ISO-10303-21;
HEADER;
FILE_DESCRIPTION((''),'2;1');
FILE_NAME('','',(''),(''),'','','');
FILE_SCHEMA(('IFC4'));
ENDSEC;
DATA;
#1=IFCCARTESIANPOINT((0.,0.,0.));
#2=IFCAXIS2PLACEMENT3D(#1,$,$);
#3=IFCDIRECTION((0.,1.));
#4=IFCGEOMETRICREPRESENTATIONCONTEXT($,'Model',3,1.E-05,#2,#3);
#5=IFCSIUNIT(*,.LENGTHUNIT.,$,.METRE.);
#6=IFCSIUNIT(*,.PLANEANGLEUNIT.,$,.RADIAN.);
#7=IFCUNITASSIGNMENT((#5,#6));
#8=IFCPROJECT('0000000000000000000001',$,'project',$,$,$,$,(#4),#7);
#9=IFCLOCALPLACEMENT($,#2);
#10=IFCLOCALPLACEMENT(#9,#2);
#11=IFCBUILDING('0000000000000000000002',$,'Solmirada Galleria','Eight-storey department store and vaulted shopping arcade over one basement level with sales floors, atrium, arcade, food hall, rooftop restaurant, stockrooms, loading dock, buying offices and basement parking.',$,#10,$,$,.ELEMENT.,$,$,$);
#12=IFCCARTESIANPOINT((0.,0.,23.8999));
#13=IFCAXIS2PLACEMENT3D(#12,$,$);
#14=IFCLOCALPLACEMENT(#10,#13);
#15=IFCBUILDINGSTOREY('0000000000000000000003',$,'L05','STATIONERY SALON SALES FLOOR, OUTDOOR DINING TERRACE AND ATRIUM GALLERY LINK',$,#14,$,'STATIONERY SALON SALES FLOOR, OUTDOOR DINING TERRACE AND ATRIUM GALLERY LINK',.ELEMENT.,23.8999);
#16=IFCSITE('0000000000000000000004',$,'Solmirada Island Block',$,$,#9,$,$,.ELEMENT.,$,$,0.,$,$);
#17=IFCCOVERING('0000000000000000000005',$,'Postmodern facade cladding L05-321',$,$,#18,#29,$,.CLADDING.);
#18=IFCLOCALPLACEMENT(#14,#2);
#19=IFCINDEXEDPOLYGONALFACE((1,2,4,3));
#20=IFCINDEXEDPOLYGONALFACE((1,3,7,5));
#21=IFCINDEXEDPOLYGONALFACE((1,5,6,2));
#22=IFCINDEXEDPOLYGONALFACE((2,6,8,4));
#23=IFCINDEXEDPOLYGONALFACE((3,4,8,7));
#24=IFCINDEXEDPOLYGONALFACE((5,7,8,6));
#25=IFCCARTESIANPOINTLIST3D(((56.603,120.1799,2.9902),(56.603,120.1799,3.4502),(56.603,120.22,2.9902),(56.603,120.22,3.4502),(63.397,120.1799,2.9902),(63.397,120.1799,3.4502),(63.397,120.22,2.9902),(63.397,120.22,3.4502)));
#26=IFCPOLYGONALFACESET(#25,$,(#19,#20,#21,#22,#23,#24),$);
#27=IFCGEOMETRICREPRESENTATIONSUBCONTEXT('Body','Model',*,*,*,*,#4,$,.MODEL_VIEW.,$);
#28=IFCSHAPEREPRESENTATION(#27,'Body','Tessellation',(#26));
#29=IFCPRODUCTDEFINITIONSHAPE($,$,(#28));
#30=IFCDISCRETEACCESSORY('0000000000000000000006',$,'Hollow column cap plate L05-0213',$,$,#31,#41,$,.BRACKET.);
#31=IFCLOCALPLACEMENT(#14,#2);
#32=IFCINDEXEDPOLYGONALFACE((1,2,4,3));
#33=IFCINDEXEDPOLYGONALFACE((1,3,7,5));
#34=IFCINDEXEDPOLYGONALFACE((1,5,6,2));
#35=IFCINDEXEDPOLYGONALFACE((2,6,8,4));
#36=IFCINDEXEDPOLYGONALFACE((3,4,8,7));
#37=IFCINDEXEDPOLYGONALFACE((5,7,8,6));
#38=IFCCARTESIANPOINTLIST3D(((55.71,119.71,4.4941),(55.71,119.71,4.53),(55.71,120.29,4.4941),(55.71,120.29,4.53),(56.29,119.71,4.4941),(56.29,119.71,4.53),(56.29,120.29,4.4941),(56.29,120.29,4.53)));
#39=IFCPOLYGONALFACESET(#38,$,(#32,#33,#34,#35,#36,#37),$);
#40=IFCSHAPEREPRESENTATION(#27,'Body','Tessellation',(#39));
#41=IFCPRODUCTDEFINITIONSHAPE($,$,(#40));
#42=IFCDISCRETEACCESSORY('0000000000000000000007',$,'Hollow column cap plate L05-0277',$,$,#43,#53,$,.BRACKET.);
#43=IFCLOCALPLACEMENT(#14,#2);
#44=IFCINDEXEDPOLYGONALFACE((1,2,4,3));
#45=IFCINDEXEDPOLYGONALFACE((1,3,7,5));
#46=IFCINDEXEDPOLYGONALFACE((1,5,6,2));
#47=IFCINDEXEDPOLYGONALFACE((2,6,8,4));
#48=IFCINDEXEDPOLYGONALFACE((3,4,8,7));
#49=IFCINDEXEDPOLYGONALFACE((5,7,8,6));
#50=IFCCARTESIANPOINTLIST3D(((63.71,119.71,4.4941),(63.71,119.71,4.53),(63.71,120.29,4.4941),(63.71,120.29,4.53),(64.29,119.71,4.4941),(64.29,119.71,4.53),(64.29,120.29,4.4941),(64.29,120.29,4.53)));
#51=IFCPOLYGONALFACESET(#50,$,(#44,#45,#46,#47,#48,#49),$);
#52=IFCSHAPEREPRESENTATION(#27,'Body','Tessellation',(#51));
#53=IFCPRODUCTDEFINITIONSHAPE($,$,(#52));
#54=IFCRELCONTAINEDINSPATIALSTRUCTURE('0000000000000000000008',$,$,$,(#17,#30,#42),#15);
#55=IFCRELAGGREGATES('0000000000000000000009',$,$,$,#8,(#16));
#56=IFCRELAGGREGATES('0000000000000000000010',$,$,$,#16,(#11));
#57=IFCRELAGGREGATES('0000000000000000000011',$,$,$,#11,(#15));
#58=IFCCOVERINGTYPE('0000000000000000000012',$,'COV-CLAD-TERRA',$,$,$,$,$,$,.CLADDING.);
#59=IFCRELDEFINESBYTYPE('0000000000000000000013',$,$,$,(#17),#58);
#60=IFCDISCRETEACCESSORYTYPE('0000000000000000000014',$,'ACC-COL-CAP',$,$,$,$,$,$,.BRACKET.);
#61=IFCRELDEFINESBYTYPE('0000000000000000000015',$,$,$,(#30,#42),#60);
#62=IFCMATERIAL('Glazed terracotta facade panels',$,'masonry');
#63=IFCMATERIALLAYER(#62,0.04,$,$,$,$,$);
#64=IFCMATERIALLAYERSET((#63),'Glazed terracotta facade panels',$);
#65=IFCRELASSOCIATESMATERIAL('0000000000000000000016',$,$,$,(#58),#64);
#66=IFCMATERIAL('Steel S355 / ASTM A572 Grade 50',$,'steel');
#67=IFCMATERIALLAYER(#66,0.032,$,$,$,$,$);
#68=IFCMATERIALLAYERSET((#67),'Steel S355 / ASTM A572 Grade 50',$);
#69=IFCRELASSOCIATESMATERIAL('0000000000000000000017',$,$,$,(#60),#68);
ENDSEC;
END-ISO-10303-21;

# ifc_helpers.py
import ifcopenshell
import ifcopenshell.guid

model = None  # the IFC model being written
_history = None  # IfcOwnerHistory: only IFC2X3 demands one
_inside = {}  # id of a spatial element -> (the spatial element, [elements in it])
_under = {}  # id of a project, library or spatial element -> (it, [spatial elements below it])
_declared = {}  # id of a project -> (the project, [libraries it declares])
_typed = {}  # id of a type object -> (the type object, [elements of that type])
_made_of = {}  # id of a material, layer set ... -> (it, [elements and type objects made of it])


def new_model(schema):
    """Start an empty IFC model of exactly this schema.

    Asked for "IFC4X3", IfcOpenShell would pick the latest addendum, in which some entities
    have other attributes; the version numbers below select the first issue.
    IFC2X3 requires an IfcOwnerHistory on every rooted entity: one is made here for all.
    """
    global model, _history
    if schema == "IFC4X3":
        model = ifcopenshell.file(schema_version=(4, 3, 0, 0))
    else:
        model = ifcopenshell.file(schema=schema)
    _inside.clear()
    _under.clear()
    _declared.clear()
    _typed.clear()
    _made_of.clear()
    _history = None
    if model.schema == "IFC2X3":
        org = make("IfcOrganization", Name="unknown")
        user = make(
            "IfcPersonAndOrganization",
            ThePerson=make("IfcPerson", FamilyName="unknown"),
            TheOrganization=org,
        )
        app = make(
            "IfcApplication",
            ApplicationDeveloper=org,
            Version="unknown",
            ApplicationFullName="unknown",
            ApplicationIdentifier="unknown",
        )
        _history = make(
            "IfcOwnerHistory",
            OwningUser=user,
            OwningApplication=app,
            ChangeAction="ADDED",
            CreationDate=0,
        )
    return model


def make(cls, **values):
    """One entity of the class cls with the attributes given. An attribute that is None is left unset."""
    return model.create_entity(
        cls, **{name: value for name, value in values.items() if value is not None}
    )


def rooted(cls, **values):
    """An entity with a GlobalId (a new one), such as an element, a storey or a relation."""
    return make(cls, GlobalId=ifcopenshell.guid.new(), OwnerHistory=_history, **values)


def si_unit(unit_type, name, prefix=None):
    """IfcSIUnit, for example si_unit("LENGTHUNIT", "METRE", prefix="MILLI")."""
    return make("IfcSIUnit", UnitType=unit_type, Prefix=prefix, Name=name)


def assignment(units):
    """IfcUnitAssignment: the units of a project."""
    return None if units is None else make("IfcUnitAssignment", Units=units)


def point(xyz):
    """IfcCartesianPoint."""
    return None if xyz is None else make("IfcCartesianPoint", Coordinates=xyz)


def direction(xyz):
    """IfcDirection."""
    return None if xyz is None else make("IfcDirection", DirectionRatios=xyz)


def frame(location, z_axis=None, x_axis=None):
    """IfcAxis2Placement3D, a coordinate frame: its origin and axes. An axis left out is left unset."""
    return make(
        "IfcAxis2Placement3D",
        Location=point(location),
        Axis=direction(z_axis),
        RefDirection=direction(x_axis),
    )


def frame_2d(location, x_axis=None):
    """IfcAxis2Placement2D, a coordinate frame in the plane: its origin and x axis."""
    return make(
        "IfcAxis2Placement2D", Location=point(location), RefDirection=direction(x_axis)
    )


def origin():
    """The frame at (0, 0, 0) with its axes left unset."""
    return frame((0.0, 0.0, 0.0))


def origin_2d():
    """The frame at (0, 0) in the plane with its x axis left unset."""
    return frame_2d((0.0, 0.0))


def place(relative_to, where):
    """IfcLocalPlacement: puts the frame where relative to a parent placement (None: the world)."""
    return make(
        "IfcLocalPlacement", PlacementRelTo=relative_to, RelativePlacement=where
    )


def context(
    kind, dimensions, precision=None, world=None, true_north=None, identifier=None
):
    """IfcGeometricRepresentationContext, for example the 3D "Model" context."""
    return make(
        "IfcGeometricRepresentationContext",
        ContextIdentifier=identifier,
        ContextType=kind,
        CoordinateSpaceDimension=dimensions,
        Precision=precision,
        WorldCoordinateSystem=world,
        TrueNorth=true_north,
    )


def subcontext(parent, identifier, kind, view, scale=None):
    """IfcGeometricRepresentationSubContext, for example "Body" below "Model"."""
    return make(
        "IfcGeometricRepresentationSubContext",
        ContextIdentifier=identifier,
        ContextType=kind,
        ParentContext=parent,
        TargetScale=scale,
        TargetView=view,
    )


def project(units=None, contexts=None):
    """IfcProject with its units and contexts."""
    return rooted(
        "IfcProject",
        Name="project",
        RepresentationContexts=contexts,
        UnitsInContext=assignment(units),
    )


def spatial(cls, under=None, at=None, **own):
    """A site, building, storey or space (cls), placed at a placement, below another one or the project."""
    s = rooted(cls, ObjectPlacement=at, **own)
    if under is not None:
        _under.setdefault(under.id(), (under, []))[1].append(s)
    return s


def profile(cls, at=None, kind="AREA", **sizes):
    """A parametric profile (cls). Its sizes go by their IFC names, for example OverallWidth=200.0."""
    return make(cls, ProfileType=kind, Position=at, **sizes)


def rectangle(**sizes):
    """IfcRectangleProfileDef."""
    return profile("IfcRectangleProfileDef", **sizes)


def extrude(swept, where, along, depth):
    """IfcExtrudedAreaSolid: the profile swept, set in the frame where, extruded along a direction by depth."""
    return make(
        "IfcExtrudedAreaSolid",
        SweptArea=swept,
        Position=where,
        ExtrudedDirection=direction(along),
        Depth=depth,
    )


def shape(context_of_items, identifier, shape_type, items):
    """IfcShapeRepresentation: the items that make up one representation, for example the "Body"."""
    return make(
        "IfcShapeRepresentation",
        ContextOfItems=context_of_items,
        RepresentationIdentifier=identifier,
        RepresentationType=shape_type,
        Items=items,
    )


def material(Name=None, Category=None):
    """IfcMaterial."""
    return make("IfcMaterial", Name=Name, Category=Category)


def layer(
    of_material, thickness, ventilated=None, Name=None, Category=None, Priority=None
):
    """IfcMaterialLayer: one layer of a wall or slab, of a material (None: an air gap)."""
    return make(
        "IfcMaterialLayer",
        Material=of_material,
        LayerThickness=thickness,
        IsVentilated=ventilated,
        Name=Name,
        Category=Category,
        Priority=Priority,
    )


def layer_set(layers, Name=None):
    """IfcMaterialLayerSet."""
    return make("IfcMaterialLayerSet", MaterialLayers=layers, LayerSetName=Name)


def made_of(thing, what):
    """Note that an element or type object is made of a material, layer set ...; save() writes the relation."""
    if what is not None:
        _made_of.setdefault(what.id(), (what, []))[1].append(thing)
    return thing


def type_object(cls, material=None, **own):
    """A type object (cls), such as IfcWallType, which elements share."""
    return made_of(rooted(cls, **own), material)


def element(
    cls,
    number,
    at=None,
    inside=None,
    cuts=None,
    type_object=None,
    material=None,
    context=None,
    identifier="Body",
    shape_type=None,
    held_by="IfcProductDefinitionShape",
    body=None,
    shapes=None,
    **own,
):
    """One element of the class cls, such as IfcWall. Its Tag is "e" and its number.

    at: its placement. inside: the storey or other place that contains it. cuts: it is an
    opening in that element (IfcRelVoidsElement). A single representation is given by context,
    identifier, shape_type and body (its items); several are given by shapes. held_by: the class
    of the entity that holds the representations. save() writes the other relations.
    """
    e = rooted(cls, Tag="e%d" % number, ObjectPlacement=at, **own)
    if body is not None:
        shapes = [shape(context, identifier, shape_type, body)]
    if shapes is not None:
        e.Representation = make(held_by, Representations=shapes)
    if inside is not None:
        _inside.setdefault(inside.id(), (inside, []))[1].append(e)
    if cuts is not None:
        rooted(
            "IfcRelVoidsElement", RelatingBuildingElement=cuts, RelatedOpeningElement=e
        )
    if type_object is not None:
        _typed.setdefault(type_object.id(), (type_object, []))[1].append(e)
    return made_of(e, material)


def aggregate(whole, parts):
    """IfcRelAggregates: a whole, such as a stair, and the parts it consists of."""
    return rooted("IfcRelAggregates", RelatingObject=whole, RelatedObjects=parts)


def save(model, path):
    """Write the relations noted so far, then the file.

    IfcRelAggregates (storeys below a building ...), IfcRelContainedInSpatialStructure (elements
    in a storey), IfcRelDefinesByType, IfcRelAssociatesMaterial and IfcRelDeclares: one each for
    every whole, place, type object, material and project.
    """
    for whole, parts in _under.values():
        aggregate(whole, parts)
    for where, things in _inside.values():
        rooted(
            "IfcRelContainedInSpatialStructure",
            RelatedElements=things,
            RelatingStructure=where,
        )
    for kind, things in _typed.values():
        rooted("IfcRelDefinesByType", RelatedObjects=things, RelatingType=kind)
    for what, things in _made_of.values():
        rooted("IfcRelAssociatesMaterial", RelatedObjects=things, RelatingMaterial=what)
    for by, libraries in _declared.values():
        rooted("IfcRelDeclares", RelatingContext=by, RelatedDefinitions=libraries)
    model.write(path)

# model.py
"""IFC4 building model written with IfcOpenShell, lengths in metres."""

from ifc_helpers import new_model, si_unit, direction, frame, origin, origin_2d, place, context, subcontext, project, spatial, rectangle, extrude, material, layer, layer_set, type_object, element, save


model = new_model("IFC4")

# Units and contexts
model_context = context("Model", 3, precision=1e-05, world=origin(), true_north=direction((0.0, 1.0)))
body_context = subcontext(model_context, "Body", "Model", "MODEL_VIEW")
ifc_project = project(units=[si_unit("LENGTHUNIT", "METRE"), si_unit("PLANEANGLEUNIT", "RADIAN")], contexts=[model_context])

# Site, building, storey
site_placement = place(None, origin())
site = spatial("IfcSite", under=ifc_project, at=site_placement, Name="Solmirada Island Block", CompositionType="ELEMENT", RefElevation=0.0)
building_placement = place(site_placement, origin())
building = spatial("IfcBuilding", under=site, at=building_placement, Name="Solmirada Galleria", Description="Eight-storey department store and vaulted shopping arcade over one basement level with sales floors, atrium, arcade, food hall, rooftop restaurant, stockrooms, loading dock, buying offices and basement parking.", CompositionType="ELEMENT")
storey_placement = place(building_placement, frame((0.0, 0.0, 23.8999)))
storey = spatial("IfcBuildingStorey", under=building, at=storey_placement, Name="L05", Description="STATIONERY SALON SALES FLOOR, OUTDOOR DINING TERRACE AND ATRIUM GALLERY LINK", LongName="STATIONERY SALON SALES FLOOR, OUTDOOR DINING TERRACE AND ATRIUM GALLERY LINK", CompositionType="ELEMENT", Elevation=23.8999)

# Shared definitions
ifc_material_1 = material(Name="Steel S355 / ASTM A572 Grade 50", Category="steel")

# Covering
ifc_material_2 = material(Name="Glazed terracotta facade panels", Category="masonry")
ifc_layer_1 = layer(ifc_material_2, 0.04)
ifc_layer_set_1 = layer_set([ifc_layer_1], Name="Glazed terracotta facade panels")
covering_type_1 = type_object("IfcCoveringType", Name="COV-CLAD-TERRA", PredefinedType="CLADDING", material=ifc_layer_set_1)
covering_placement = place(storey_placement, frame((60.0, 120.2, 2.9902), z_axis=(0.0, 0.0, 1.0), x_axis=(1.0, 0.0, 0.0)))
element("IfcCovering", 1, at=covering_placement, inside=storey, type_object=covering_type_1, Name="Postmodern facade cladding L05-321", PredefinedType="CLADDING", context=body_context, shape_type="SweptSolid", body=[
    extrude(rectangle(XDim=6.7939, YDim=0.04, at=origin_2d()), origin(), (0.0, 0.0, 1.0), 0.46),
])

# Discrete accessories
ifc_layer_2 = layer(ifc_material_1, 0.032)
ifc_layer_set_2 = layer_set([ifc_layer_2], Name="Steel S355 / ASTM A572 Grade 50")
discrete_accessory_type = type_object("IfcDiscreteAccessoryType", Name="ACC-COL-CAP", PredefinedType="BRACKET", material=ifc_layer_set_2)
for number, where, z_axis, x_axis, name in (
    (2, (56.0, 120.0, 4.4941), (0.0, 0.0, 1.0), (1.0, 0.0, 0.0), "Hollow column cap plate L05-0213"),
    (3, (64.0, 120.0, 4.4941), (0.0, 0.0, 1.0), (1.0, 0.0, 0.0), "Hollow column cap plate L05-0277"),
):
    element("IfcDiscreteAccessory", number, at=place(storey_placement, frame(where, z_axis=z_axis, x_axis=x_axis)), inside=storey, type_object=discrete_accessory_type, Name=name, PredefinedType="BRACKET", context=body_context, shape_type="SweptSolid", body=[
        extrude(rectangle(XDim=0.5801, YDim=0.5801, at=origin_2d()), origin(), (0.0, 0.0, 1.0), 0.0359),
    ])

save(model, "model.ifc")
